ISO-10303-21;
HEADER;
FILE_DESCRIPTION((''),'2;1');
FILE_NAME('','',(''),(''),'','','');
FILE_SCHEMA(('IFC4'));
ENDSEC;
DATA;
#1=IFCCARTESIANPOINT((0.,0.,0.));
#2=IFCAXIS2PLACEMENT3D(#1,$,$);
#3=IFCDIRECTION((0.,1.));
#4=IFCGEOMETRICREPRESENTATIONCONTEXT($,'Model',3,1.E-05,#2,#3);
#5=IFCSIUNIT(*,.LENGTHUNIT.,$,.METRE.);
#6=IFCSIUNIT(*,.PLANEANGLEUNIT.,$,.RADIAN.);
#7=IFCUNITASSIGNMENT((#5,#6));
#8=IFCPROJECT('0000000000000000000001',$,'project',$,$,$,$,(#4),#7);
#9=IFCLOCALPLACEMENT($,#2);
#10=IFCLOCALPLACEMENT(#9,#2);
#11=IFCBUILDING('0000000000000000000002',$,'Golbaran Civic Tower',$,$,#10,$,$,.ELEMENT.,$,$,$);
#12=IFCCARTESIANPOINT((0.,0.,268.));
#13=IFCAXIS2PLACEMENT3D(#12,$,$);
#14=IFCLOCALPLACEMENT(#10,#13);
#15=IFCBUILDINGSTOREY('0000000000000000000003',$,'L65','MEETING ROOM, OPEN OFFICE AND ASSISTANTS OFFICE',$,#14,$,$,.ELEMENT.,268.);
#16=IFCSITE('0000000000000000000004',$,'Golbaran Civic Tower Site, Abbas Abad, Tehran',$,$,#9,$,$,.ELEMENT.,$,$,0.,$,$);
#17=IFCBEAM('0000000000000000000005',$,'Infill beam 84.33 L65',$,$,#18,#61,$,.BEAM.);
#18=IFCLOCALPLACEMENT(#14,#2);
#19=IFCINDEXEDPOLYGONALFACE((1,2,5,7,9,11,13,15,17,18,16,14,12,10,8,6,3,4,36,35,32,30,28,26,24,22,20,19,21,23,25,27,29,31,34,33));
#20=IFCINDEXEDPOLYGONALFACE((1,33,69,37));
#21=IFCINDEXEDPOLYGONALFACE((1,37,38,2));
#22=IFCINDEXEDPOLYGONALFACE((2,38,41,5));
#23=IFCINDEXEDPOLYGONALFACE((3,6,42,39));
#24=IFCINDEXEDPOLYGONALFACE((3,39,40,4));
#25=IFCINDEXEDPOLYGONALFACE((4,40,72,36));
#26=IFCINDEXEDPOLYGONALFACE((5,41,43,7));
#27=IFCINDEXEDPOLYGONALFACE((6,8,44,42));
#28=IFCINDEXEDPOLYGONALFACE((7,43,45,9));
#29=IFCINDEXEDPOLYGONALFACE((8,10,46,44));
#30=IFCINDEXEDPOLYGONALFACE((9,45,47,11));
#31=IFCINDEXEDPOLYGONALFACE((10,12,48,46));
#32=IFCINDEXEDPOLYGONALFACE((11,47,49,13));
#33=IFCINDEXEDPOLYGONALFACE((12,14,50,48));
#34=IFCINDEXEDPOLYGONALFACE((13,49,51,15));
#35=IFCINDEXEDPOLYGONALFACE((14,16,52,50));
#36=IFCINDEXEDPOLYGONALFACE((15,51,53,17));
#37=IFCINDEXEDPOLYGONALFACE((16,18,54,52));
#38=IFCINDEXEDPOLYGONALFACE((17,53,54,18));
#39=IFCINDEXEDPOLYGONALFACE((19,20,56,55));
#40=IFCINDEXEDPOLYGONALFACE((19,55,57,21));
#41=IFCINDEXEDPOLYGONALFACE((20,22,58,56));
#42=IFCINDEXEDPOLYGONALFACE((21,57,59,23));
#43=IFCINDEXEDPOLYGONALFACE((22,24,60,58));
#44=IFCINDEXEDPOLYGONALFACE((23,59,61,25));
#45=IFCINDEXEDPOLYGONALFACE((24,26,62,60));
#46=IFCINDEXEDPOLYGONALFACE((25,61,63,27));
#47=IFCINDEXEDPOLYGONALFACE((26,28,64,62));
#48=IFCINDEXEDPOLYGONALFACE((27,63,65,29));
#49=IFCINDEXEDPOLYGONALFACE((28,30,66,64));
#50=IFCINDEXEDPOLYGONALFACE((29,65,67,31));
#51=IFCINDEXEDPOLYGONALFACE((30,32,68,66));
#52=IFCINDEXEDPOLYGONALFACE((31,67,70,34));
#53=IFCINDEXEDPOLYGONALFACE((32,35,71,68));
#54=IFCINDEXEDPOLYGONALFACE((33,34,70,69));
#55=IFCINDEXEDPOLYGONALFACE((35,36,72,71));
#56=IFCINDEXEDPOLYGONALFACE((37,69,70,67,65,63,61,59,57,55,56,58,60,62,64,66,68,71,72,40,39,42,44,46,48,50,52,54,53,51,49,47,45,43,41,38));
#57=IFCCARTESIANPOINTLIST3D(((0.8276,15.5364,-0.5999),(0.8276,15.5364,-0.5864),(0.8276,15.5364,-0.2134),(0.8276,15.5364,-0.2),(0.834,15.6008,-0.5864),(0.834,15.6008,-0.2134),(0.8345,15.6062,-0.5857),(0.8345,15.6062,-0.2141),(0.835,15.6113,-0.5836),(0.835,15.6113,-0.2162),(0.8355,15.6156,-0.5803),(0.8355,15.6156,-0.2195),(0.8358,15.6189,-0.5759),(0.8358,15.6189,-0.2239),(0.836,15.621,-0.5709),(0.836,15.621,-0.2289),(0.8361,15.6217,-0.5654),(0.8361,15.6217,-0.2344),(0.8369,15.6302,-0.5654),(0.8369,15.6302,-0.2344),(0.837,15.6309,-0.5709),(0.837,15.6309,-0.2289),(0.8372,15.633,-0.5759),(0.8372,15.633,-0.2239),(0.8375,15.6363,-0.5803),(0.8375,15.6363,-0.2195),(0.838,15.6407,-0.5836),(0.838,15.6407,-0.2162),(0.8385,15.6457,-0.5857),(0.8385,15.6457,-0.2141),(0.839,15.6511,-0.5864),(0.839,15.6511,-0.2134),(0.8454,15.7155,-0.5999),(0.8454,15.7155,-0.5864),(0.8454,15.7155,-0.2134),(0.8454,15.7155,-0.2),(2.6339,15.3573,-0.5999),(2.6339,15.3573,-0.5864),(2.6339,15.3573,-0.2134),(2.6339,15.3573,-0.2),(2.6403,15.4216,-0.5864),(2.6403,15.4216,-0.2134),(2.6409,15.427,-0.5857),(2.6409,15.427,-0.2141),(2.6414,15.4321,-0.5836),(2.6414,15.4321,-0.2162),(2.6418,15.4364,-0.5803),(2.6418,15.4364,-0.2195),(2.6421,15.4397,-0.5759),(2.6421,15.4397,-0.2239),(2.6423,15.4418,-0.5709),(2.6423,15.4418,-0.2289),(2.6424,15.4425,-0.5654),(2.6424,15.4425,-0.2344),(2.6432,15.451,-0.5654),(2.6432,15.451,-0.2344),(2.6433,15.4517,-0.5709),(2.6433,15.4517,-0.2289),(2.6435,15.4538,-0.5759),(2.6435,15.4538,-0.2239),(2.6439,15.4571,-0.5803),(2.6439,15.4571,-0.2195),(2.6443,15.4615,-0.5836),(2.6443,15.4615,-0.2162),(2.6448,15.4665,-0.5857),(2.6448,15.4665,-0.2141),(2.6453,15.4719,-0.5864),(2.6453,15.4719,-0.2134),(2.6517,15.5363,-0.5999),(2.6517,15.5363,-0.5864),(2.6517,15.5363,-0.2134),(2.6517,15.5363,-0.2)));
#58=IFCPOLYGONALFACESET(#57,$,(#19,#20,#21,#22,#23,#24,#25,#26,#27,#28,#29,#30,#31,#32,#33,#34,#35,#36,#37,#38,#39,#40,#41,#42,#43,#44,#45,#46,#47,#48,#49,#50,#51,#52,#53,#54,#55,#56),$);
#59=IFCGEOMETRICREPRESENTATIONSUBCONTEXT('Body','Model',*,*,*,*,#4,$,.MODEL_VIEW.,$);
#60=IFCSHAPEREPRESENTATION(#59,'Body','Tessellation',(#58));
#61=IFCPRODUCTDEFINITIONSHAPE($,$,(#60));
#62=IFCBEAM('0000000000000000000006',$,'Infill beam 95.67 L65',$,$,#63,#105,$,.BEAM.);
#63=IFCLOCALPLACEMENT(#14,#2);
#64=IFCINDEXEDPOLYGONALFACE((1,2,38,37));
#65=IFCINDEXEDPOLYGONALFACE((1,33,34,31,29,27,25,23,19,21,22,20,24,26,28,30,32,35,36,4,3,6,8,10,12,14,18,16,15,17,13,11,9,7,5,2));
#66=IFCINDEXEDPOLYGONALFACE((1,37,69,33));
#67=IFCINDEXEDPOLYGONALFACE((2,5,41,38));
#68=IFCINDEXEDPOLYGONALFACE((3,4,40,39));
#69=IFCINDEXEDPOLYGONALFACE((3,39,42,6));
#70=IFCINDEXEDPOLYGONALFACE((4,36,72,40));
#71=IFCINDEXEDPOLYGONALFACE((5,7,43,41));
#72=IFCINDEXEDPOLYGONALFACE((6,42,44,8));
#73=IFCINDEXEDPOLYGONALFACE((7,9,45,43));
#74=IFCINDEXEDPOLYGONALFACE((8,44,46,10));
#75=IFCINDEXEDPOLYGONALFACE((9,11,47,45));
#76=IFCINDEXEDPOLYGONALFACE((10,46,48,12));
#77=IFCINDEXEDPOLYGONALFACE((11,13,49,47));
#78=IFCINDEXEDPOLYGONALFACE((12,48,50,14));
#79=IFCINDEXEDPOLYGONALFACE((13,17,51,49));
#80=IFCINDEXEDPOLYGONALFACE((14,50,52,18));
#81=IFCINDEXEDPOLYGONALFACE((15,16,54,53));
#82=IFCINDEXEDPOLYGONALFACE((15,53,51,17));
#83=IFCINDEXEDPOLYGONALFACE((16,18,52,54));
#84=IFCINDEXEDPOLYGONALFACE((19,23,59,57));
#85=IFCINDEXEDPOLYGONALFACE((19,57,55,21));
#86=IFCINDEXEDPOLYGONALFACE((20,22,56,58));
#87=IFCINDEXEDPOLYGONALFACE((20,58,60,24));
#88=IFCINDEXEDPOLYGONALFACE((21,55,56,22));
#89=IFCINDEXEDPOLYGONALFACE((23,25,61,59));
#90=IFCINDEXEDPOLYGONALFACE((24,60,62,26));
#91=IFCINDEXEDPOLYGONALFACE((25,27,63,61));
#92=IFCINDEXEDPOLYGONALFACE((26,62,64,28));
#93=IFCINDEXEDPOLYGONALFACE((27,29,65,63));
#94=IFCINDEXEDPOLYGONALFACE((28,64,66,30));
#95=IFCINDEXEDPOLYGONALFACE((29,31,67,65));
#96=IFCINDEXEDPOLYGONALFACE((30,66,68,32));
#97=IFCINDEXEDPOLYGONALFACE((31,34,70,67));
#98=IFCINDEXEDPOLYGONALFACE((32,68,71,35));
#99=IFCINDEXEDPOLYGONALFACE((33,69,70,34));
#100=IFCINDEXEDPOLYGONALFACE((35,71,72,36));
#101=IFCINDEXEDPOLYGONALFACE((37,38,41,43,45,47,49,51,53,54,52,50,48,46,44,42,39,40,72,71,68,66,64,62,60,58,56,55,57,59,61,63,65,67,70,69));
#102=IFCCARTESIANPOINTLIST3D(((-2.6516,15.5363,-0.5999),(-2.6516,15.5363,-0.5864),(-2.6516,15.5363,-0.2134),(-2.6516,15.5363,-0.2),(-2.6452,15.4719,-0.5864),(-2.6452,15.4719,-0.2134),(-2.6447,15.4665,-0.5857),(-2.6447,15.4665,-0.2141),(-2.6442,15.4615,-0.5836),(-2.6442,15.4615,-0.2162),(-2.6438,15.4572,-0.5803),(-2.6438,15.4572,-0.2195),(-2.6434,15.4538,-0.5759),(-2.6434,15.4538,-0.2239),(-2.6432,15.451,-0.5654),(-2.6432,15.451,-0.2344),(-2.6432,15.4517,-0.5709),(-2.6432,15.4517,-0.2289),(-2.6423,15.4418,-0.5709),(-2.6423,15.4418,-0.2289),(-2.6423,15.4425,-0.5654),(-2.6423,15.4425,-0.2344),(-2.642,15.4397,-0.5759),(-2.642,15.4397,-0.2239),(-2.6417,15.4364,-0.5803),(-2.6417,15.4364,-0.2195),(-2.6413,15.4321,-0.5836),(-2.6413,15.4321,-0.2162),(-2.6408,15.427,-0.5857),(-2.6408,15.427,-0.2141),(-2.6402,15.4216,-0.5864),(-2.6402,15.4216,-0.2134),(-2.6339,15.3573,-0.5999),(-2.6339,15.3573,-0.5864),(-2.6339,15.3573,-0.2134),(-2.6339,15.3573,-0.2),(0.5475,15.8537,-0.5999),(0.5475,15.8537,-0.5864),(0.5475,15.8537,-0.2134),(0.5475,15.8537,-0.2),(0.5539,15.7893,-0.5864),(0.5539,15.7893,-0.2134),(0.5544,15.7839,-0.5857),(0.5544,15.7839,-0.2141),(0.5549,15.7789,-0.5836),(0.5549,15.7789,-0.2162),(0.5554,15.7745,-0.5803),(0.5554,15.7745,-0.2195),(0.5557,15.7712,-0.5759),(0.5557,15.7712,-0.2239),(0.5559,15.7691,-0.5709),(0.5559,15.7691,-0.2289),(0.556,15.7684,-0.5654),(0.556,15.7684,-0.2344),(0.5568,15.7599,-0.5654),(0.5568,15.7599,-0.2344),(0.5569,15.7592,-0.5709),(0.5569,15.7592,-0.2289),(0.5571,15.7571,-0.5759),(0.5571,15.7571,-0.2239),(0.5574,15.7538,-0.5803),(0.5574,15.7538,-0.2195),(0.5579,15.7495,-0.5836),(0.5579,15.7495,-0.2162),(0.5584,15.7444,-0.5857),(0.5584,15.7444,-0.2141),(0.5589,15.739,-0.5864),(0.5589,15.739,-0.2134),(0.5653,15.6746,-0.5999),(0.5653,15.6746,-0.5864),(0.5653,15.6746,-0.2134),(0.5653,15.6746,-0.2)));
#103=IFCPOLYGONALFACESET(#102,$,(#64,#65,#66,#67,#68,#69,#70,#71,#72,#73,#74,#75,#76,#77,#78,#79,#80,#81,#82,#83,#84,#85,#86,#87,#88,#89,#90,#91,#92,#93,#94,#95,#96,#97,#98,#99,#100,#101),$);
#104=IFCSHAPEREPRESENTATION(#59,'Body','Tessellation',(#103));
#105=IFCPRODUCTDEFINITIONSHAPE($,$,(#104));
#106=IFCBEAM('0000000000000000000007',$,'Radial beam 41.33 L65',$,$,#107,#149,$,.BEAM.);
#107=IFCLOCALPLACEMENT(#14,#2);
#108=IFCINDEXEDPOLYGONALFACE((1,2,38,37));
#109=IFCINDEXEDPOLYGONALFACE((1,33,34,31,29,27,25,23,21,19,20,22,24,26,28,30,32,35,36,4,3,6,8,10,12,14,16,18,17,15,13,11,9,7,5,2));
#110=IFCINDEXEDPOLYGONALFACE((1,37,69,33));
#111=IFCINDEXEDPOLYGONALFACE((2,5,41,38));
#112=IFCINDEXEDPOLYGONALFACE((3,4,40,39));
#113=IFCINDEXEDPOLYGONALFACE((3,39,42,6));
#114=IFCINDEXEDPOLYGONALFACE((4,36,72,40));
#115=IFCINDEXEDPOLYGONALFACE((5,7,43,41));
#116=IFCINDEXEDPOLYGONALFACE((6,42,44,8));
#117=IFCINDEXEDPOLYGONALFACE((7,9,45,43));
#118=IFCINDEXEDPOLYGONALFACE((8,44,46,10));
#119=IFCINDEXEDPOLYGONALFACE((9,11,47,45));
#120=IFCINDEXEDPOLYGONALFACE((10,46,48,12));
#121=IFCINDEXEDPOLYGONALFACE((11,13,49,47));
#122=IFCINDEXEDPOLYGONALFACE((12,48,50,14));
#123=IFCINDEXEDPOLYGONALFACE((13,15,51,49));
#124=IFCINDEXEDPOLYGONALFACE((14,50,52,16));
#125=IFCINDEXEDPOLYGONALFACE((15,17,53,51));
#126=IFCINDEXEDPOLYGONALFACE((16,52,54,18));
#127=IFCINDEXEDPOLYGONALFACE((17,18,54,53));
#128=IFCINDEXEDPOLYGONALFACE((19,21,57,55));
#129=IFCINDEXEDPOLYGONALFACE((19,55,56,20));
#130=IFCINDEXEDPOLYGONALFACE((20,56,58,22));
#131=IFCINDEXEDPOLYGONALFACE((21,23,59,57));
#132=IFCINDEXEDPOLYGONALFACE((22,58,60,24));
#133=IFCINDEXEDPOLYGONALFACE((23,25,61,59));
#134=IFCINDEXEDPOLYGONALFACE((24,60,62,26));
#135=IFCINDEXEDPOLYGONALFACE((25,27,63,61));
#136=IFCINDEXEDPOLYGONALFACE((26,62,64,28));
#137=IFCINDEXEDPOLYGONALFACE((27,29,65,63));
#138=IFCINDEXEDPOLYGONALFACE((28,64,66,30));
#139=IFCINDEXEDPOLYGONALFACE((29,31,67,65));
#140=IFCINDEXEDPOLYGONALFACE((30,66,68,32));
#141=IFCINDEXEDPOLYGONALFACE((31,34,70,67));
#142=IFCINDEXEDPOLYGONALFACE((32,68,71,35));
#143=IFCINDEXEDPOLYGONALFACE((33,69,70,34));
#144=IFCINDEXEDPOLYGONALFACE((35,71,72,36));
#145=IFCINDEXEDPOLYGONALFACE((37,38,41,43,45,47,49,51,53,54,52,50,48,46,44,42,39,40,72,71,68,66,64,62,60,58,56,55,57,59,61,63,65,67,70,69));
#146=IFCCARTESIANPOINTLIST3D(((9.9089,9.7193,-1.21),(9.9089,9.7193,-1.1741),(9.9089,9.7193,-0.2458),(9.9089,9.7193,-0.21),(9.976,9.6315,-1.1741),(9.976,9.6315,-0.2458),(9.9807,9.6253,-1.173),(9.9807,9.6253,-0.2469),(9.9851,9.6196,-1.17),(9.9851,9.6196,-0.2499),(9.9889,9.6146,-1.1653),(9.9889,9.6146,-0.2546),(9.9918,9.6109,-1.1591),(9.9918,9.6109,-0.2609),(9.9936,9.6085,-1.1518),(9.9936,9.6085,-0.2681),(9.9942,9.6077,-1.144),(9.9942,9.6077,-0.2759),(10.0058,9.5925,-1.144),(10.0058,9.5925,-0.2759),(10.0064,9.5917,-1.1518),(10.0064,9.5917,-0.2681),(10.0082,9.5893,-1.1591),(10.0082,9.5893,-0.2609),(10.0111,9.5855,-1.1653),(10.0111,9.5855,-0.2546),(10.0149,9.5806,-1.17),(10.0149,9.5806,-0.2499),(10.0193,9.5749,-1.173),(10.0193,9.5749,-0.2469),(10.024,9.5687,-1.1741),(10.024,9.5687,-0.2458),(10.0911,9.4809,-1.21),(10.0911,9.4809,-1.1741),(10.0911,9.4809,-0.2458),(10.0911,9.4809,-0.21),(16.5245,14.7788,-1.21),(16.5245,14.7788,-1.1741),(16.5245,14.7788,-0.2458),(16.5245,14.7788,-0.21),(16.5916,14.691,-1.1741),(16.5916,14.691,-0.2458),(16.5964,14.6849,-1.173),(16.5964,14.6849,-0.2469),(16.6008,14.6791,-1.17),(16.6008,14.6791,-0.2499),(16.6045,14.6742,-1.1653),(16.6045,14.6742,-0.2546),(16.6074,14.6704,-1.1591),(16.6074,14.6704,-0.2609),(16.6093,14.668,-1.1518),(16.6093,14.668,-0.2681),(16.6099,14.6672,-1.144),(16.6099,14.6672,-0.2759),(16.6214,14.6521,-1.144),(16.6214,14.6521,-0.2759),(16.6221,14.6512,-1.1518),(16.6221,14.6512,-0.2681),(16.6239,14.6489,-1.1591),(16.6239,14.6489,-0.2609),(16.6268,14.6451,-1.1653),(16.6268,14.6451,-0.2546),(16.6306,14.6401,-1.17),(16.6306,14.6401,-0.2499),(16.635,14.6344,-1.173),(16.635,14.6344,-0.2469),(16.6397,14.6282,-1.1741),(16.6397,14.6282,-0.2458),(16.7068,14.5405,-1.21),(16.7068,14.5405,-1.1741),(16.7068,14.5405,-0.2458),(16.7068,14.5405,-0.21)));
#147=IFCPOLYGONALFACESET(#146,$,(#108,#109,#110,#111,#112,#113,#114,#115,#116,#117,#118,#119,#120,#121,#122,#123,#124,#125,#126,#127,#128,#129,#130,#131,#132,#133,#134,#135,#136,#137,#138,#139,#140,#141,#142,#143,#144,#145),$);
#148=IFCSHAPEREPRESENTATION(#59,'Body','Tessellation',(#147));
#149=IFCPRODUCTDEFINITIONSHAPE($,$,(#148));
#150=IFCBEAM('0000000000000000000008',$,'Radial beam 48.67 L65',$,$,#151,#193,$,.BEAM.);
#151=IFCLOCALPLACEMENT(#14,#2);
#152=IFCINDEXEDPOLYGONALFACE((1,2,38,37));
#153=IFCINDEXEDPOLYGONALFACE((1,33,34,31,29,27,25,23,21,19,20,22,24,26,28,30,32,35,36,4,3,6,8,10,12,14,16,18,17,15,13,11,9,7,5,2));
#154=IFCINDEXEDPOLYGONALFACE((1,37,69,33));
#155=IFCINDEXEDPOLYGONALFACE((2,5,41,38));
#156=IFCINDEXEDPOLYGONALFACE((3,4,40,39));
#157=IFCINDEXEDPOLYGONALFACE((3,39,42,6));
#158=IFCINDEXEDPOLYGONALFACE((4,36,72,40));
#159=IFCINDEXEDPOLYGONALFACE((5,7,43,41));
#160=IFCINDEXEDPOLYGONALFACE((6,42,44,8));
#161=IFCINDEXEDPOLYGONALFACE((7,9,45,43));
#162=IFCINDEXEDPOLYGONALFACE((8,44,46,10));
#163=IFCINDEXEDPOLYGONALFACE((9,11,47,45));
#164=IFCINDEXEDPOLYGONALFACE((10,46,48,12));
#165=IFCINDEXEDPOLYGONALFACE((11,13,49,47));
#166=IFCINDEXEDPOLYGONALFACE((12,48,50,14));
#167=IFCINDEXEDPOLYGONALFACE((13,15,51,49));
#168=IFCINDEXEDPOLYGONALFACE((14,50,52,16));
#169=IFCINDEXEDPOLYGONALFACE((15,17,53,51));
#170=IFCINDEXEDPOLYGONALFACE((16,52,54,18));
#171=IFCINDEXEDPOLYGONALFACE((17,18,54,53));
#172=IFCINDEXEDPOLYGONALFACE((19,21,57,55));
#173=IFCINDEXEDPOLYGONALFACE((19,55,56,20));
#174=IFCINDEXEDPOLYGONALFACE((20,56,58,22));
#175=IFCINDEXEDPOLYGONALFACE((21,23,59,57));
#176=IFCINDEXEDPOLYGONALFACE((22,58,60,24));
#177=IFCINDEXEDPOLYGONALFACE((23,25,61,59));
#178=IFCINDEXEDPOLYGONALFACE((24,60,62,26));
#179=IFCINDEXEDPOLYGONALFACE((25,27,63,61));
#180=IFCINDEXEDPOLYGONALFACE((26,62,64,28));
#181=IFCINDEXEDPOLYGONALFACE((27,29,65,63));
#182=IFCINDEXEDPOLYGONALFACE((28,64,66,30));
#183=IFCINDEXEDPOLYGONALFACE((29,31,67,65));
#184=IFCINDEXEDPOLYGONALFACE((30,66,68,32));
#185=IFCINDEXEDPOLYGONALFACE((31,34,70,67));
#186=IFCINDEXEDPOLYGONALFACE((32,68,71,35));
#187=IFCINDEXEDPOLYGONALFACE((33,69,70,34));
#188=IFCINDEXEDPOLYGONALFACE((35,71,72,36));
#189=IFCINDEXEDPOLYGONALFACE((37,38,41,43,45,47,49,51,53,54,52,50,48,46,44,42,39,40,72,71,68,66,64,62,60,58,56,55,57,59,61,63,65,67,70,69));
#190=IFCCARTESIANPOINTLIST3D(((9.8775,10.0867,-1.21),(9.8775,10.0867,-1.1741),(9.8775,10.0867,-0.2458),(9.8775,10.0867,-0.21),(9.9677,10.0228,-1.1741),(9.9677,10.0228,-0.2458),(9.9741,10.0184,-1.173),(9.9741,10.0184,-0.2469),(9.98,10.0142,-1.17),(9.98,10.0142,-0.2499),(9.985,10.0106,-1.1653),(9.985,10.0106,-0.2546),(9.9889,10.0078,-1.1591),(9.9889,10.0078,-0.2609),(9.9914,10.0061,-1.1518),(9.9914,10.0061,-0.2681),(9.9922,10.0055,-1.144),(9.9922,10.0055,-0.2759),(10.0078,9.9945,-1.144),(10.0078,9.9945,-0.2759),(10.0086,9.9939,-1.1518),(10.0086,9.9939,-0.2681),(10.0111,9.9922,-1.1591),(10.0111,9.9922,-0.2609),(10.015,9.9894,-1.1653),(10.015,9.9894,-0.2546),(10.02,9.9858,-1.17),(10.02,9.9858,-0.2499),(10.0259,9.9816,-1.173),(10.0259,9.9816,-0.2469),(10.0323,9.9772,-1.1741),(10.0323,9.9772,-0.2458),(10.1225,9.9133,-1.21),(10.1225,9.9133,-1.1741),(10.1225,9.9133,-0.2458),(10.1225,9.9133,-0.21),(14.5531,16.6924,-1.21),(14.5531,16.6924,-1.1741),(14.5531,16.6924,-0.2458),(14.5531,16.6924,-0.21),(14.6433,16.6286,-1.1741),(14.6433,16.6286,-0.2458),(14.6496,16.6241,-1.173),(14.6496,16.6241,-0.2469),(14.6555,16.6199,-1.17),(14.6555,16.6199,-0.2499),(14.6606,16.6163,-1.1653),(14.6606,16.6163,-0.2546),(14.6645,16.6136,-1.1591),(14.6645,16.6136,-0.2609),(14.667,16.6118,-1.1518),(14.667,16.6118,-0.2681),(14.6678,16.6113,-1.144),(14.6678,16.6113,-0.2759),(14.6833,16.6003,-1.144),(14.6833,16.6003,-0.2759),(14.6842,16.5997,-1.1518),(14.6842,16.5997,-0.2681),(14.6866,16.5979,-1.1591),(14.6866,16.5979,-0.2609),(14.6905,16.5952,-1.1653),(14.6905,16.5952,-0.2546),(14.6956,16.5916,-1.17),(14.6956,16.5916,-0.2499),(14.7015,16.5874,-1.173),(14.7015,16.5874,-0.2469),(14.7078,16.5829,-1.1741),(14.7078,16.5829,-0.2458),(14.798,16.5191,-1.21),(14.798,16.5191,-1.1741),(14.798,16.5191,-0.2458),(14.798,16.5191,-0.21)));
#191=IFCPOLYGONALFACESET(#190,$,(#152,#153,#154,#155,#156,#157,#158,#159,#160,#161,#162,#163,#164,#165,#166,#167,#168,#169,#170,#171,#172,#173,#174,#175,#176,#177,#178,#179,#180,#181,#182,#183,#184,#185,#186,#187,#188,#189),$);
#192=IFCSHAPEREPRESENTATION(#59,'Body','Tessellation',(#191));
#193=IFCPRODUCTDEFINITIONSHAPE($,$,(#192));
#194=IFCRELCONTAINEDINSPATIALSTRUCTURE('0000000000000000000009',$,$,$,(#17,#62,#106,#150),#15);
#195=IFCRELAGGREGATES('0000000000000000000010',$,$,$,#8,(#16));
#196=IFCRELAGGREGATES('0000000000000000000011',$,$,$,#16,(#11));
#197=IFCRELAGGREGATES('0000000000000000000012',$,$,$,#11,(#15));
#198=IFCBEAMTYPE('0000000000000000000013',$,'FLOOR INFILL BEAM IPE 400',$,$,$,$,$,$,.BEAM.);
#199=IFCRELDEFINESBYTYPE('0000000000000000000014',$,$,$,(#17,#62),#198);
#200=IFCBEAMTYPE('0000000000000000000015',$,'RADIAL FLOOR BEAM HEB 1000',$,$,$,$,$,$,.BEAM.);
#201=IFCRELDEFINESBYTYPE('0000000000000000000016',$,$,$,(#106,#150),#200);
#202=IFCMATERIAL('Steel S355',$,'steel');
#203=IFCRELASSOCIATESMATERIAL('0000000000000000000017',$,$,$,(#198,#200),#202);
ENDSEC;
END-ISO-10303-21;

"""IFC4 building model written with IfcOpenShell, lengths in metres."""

from ifc_helpers import new_model, si_unit, direction, frame, origin, origin_2d, place, context, subcontext, project, spatial, i_section, extrude, material, material_profile, profile_set, type_object, element, save


model = new_model("IFC4")

# Units and contexts
model_context = context("Model", 3, precision=1e-05, world=origin(), true_north=direction((0.0, 1.0)))
body_context = subcontext(model_context, "Body", "Model", "MODEL_VIEW")
ifc_project = project(units=[si_unit("LENGTHUNIT", "METRE"), si_unit("PLANEANGLEUNIT", "RADIAN")], contexts=[model_context])

# Site, building, storey
site_placement = place(None, origin())
site = spatial("IfcSite", under=ifc_project, at=site_placement, Name="Golbaran Civic Tower Site, Abbas Abad, Tehran", CompositionType="ELEMENT", RefElevation=0.0)
building_placement = place(site_placement, origin())
building = spatial("IfcBuilding", under=site, at=building_placement, Name="Golbaran Civic Tower", CompositionType="ELEMENT")
storey_placement = place(building_placement, frame((0.0, 0.0, 268.0)))
storey = spatial("IfcBuildingStorey", under=building, at=storey_placement, Name="L65", Description="MEETING ROOM, OPEN OFFICE AND ASSISTANTS OFFICE", CompositionType="ELEMENT", Elevation=268.0)

# Beams
ifc_material_1 = material(Name="Steel S355", Category="steel")
ifc_material_profile_1 = material_profile(ifc_material_1, i_section(OverallWidth=0.1799, OverallDepth=0.3999, WebThickness=0.0085, FlangeThickness=0.0134, FilletRadius=0.021, at=origin_2d()), Name="IPE 400")
ifc_profile_set_1 = profile_set([ifc_material_profile_1], Name="Steel S355")
beam_type_1 = type_object("IfcBeamType", Name="FLOOR INFILL BEAM IPE 400", PredefinedType="BEAM", material=ifc_profile_set_1)
beam_1_placement = place(storey_placement, frame((2.6428, 15.4468, -0.3999), z_axis=(-0.995115, 0.098718, 0.0), x_axis=(-0.098718, -0.995115, 0.0)))
element("IfcBeam", 1, at=beam_1_placement, inside=storey, type_object=beam_type_1, Name="Infill beam 84.33 L65", PredefinedType="BEAM", context=body_context, shape_type="SweptSolid", body=[
    extrude(i_section(OverallWidth=0.1799, OverallDepth=0.3999, WebThickness=0.0085, FlangeThickness=0.0134, FilletRadius=0.021, at=origin_2d()), origin(), (0.0, 0.0, 1.0), 1.8152),
])
beam_2_placement = place(storey_placement, frame((0.5564, 15.7642, -0.3999), z_axis=(-0.995115, -0.098722, 0.0), x_axis=(0.098722, -0.995115, 0.0)))
element("IfcBeam", 2, at=beam_2_placement, inside=storey, type_object=beam_type_1, Name="Infill beam 95.67 L65", PredefinedType="BEAM", context=body_context, shape_type="SweptSolid", body=[
    extrude(i_section(OverallWidth=0.1799, OverallDepth=0.3999, WebThickness=0.0085, FlangeThickness=0.0134, FilletRadius=0.021, at=origin_2d()), origin(), (0.0, 0.0, 1.0), 3.2148),
])
ifc_material_profile_2 = material_profile(ifc_material_1, i_section(OverallWidth=0.3, OverallDepth=1.0, WebThickness=0.019, FlangeThickness=0.0359, FilletRadius=0.03, at=origin_2d()), Name="HEB 1000")
ifc_profile_set_2 = profile_set([ifc_material_profile_2], Name="Steel S355")
beam_type_2 = type_object("IfcBeamType", Name="RADIAL FLOOR BEAM HEB 1000", PredefinedType="BEAM", material=ifc_profile_set_2)
beam_3_placement = place(storey_placement, frame((10.0, 9.6001, -0.71), z_axis=(0.79433, 0.607487, 0.0), x_axis=(-0.607487, 0.79433, 0.0)))
element("IfcBeam", 3, at=beam_3_placement, inside=storey, type_object=beam_type_2, Name="Radial beam 41.33 L65", PredefinedType="BEAM", context=body_context, shape_type="SweptSolid", body=[
    extrude(i_section(OverallWidth=0.3, OverallDepth=1.0, WebThickness=0.019, FlangeThickness=0.0359, FilletRadius=0.03, at=origin_2d()), origin(), (0.0, 0.0, 1.0), 8.3286),
])
beam_4_placement = place(storey_placement, frame((10.0, 10.0, -0.71), z_axis=(0.577729, 0.816229, 0.0), x_axis=(-0.816229, 0.577729, 0.0)))
element("IfcBeam", 4, at=beam_4_placement, inside=storey, type_object=beam_type_2, Name="Radial beam 48.67 L65", PredefinedType="BEAM", context=body_context, shape_type="SweptSolid", body=[
    extrude(i_section(OverallWidth=0.3, OverallDepth=1.0, WebThickness=0.019, FlangeThickness=0.0359, FilletRadius=0.03, at=origin_2d()), origin(), (0.0, 0.0, 1.0), 8.093),
])

save(model, "model.ifc")
